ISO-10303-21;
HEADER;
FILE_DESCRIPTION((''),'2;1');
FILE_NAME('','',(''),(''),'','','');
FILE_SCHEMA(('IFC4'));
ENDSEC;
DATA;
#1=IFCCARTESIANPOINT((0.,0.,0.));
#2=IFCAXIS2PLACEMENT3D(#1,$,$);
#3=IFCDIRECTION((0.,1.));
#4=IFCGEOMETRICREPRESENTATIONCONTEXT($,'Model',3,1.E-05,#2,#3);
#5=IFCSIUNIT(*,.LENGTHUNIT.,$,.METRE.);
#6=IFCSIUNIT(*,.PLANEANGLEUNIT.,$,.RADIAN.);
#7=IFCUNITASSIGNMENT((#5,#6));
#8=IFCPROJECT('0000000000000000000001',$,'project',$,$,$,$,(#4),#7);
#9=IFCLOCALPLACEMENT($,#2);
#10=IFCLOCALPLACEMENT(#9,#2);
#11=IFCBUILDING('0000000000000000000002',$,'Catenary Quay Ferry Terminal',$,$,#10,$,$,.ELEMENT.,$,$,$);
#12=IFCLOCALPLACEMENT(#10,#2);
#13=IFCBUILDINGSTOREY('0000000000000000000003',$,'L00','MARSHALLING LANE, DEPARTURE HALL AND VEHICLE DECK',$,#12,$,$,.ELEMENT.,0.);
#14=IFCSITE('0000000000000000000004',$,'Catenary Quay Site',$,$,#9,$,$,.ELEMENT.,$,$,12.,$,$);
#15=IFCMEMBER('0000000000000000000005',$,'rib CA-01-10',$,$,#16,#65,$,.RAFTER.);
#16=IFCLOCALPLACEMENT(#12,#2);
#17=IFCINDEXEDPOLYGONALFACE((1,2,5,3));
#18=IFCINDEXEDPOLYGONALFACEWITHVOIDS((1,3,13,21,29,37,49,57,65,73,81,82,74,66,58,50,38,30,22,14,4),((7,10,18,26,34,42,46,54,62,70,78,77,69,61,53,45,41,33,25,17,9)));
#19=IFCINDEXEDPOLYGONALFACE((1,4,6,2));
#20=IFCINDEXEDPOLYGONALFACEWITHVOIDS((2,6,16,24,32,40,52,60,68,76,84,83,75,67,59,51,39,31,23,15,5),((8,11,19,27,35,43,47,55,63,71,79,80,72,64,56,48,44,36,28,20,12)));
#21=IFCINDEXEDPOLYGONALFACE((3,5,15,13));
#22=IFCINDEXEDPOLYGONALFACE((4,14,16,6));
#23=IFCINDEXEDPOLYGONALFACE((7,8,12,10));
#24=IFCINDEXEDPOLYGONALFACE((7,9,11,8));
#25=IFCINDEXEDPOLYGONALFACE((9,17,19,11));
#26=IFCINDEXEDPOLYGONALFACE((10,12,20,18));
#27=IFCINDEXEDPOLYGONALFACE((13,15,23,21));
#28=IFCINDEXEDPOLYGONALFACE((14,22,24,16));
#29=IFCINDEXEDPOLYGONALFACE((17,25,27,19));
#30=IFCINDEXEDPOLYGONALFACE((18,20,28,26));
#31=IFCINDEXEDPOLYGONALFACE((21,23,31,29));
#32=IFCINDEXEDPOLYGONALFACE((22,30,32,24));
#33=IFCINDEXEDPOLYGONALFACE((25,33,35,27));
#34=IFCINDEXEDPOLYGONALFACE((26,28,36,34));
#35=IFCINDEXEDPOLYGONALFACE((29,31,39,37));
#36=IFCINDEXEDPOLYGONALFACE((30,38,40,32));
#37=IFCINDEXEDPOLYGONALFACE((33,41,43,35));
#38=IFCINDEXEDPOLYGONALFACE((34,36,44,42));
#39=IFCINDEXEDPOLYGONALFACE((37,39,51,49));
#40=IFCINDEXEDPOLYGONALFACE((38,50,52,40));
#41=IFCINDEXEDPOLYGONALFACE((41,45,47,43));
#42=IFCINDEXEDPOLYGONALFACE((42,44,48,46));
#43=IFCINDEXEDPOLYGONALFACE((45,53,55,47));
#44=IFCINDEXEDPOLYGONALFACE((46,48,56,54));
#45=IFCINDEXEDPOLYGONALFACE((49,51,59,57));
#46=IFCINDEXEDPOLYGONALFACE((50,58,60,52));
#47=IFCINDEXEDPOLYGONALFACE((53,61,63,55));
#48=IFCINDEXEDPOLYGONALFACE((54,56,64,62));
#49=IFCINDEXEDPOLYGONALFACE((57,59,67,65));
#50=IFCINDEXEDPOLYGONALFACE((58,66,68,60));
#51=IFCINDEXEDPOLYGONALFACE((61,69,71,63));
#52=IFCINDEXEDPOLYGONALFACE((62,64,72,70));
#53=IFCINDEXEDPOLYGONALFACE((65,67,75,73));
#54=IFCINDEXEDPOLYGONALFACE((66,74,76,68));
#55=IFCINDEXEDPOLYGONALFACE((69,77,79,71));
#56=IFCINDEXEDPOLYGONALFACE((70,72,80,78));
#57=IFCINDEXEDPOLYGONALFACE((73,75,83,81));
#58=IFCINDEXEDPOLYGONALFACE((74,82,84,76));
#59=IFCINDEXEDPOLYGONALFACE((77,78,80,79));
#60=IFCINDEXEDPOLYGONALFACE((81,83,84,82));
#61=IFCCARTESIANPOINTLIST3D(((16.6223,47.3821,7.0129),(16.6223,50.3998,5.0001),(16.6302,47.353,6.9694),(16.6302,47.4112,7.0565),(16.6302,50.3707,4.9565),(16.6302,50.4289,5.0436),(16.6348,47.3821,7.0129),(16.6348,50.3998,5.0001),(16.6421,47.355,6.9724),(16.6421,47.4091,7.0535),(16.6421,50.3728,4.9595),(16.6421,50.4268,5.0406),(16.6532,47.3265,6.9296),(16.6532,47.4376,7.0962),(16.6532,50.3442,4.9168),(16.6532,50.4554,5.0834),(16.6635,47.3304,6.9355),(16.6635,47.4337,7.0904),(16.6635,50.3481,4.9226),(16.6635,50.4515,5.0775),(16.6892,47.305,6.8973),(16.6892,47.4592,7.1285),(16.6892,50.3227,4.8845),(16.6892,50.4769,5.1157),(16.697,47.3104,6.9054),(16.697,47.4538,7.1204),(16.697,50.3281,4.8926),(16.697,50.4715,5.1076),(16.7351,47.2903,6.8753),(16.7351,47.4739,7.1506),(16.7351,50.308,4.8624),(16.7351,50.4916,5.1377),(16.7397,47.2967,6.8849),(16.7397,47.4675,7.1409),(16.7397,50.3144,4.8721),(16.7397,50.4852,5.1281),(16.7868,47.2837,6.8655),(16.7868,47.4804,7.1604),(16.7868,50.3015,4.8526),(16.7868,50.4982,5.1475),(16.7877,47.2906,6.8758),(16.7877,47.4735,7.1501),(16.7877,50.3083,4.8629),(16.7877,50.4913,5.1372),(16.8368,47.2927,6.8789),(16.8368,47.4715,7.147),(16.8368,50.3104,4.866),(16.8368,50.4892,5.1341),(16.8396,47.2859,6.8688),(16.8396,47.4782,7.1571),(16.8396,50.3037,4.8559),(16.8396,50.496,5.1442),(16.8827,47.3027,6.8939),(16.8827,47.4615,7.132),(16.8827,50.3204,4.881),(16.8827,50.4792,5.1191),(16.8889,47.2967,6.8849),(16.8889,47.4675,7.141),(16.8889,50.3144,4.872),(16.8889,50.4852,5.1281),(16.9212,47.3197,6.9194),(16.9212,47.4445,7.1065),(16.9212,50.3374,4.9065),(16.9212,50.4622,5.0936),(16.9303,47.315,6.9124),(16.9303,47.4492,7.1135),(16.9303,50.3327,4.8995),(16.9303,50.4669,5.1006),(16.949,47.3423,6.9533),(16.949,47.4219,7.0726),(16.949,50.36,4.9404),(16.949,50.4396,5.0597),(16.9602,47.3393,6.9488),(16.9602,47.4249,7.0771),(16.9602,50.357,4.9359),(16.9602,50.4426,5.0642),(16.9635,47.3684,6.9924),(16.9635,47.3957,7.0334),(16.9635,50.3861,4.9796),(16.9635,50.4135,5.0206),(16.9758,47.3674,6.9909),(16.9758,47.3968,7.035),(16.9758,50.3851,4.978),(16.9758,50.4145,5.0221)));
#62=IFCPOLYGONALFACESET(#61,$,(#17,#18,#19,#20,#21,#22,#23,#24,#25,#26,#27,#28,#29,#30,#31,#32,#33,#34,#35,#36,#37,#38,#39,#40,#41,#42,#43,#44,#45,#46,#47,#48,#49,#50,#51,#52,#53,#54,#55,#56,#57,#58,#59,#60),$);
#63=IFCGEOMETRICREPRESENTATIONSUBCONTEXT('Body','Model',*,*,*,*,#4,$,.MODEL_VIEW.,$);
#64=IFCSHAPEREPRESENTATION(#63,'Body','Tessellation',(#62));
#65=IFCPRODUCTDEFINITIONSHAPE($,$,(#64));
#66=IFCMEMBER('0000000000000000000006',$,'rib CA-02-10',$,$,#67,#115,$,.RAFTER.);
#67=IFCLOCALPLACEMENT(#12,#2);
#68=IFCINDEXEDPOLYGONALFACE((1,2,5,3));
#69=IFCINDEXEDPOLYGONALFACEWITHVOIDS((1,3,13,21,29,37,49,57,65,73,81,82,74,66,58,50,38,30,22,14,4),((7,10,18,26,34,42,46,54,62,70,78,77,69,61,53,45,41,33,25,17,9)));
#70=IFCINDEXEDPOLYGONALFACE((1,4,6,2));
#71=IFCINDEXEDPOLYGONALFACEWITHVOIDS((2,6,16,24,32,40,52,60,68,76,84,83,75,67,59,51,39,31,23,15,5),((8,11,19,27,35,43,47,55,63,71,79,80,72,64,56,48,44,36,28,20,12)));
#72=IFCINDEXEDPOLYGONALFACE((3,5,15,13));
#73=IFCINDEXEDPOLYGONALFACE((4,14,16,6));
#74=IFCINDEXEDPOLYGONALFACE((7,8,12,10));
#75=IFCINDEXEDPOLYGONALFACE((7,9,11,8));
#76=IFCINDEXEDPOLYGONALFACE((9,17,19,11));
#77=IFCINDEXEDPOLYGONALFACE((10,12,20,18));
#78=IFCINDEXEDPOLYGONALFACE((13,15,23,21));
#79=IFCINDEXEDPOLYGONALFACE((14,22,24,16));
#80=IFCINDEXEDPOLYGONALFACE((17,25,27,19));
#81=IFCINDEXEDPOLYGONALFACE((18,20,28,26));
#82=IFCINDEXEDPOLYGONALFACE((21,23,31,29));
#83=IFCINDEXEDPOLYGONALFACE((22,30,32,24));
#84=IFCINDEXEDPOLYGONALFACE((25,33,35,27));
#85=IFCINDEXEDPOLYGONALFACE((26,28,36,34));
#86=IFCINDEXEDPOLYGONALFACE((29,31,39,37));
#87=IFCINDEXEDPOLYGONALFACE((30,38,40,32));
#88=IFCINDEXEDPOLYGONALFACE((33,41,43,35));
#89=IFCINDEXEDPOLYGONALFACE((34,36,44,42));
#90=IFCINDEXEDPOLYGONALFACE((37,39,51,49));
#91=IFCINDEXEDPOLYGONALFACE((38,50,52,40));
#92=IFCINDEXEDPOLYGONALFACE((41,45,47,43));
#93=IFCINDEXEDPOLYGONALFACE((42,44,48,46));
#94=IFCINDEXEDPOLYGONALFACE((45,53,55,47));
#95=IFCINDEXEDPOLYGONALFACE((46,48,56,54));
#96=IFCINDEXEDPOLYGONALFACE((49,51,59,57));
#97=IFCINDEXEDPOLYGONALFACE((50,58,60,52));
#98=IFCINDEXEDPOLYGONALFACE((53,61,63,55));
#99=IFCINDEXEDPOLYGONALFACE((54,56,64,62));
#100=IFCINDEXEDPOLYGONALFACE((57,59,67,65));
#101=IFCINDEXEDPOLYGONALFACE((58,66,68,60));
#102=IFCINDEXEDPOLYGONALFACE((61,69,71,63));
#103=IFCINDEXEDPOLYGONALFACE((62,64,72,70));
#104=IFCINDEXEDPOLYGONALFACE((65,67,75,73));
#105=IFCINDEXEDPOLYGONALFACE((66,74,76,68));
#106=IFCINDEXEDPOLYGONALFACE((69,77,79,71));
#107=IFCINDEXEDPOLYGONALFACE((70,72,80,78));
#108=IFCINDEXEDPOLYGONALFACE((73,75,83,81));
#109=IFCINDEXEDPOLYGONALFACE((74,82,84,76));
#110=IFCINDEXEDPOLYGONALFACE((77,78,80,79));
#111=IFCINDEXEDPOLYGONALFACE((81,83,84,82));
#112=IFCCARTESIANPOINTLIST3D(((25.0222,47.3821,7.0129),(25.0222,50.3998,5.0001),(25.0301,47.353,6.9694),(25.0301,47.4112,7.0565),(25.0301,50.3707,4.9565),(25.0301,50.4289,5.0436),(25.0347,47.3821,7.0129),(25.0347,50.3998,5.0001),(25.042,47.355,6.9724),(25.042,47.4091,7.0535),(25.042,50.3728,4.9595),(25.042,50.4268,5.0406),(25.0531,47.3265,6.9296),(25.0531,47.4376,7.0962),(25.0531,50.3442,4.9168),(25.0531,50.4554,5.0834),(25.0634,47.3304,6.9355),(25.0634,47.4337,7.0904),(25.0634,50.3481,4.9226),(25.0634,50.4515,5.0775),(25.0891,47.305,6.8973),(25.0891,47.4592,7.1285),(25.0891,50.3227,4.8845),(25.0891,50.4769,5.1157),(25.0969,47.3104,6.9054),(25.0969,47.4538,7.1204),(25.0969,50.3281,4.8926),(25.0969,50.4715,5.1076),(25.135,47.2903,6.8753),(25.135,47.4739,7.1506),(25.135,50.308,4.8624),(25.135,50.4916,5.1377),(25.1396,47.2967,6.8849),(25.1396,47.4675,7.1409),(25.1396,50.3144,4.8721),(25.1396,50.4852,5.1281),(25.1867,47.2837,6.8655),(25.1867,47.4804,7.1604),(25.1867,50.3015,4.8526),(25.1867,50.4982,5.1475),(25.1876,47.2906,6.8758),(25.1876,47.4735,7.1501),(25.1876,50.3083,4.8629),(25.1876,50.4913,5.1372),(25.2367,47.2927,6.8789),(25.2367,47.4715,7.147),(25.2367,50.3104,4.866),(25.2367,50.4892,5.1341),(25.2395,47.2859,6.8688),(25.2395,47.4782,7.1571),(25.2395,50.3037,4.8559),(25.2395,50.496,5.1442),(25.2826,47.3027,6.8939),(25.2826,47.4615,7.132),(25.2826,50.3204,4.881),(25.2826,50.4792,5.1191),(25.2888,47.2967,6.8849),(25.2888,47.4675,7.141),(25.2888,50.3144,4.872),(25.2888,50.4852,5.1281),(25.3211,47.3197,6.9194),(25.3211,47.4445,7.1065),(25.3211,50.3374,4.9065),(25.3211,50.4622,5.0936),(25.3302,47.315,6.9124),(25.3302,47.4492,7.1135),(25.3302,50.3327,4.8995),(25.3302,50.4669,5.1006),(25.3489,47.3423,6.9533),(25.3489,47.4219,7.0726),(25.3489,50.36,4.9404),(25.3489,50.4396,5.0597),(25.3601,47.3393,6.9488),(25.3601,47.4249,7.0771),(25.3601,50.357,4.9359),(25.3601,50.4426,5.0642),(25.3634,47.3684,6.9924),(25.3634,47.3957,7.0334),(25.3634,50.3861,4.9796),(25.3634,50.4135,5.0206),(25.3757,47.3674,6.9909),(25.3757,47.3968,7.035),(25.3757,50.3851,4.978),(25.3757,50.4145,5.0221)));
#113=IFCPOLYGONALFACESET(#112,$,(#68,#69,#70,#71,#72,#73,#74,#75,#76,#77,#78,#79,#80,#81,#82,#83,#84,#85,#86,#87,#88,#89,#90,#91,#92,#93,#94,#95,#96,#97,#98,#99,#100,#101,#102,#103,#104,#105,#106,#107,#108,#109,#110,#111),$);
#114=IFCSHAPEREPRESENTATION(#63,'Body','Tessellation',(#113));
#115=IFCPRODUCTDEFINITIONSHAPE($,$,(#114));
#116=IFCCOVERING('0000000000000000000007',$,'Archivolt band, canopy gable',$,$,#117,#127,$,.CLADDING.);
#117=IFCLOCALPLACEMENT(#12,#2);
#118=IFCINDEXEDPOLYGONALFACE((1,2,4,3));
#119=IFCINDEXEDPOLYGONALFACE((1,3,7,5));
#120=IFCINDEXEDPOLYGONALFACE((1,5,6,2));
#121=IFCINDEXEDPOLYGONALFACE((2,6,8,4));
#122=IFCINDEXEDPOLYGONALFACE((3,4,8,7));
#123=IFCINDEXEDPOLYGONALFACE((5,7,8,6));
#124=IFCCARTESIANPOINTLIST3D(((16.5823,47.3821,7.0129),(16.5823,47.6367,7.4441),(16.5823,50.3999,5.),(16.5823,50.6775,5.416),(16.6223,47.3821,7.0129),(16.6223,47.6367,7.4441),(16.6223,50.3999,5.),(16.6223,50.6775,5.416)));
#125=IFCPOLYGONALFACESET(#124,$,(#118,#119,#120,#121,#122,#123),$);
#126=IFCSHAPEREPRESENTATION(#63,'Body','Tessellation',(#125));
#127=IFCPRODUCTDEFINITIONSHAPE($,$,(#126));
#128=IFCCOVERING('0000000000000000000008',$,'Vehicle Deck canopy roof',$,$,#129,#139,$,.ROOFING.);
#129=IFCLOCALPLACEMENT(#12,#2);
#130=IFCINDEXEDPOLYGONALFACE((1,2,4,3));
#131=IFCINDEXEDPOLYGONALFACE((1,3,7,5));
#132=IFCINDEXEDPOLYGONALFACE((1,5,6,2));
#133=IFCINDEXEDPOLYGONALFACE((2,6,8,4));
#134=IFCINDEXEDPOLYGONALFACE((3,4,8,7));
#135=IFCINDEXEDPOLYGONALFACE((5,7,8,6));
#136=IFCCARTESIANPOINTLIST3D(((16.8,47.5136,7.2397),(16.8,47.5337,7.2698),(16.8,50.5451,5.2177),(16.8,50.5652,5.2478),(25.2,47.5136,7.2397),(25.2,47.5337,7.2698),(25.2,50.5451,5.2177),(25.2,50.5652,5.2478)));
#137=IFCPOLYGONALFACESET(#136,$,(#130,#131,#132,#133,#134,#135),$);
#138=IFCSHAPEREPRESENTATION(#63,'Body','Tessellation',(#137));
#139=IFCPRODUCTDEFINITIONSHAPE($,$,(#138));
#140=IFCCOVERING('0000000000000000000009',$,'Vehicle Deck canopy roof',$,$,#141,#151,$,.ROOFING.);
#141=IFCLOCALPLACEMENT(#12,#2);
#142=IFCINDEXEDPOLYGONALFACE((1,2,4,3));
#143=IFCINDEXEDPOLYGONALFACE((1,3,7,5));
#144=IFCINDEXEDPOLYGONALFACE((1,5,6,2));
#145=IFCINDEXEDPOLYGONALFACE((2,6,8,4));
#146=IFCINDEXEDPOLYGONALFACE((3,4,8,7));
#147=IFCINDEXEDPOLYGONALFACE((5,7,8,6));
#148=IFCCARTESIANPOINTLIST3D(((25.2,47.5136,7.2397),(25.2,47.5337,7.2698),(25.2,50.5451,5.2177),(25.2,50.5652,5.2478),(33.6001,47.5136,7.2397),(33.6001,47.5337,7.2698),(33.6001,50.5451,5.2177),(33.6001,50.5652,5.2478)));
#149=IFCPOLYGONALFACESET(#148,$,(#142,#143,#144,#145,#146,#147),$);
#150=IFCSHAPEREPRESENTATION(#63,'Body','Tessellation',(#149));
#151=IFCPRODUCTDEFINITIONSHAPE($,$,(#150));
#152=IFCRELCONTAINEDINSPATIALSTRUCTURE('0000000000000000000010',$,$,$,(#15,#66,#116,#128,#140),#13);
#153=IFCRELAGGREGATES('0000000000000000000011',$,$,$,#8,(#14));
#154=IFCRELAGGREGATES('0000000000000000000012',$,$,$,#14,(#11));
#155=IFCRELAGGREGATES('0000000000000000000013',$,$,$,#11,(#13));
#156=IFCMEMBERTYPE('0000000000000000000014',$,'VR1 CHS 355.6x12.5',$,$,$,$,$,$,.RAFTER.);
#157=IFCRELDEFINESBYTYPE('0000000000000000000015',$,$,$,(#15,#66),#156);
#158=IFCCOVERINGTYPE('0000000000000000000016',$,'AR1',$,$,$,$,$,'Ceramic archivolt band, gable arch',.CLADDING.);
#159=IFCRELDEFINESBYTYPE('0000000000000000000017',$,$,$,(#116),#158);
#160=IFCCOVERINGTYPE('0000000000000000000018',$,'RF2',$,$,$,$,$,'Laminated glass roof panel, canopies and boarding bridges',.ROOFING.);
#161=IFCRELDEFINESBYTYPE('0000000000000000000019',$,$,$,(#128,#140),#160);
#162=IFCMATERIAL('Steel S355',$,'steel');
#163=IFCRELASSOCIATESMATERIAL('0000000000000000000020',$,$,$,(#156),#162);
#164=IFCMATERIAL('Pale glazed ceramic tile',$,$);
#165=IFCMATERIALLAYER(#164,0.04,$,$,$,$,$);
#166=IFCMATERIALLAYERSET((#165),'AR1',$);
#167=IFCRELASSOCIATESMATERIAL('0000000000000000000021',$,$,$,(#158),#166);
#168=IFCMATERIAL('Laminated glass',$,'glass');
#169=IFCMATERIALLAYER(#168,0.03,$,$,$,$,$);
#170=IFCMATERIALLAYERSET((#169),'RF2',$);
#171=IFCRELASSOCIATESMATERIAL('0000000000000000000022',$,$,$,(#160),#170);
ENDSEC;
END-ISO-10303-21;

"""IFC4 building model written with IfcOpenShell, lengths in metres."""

from ifc_helpers import new_model, si_unit, direction, frame, origin, origin_2d, place, context, subcontext, project, spatial, polyline, hollow_circle, outline, extrude, material, layer, layer_set, material_profile, profile_set, type_object, element, save


model = new_model("IFC4")

# Units and contexts
model_context = context("Model", 3, precision=1e-05, world=origin(), true_north=direction((0.0, 1.0)))
body_context = subcontext(model_context, "Body", "Model", "MODEL_VIEW")
ifc_project = project(units=[si_unit("LENGTHUNIT", "METRE"), si_unit("PLANEANGLEUNIT", "RADIAN")], contexts=[model_context])

# Site, building, storey
site_placement = place(None, origin())
site = spatial("IfcSite", under=ifc_project, at=site_placement, Name="Catenary Quay Site", CompositionType="ELEMENT", RefElevation=12.0)
building_placement = place(site_placement, origin())
building = spatial("IfcBuilding", under=site, at=building_placement, Name="Catenary Quay Ferry Terminal", CompositionType="ELEMENT")
storey_placement = place(building_placement, origin())
storey = spatial("IfcBuildingStorey", under=building, at=storey_placement, Name="L00", Description="MARSHALLING LANE, DEPARTURE HALL AND VEHICLE DECK", CompositionType="ELEMENT", Elevation=0.0)

# Members
ifc_material_1 = material(Name="Steel S355", Category="steel")
ifc_material_profile_1 = material_profile(ifc_material_1, hollow_circle(Radius=0.1777, WallThickness=0.0125, at=origin_2d()), Name="CHS 355.6x12.5")
ifc_profile_set_1 = profile_set([ifc_material_profile_1], Name="Steel S355")
member_type_1 = type_object("IfcMemberType", Name="VR1 CHS 355.6x12.5", PredefinedType="RAFTER", material=ifc_profile_set_1)
for number, where, z_axis, x_axis, name in (
    (1, (16.8, 47.3821, 7.0129), (0.0, 0.831916, -0.554902), (-1.0, 0.0, 0.0), "rib CA-01-10"),
    (2, (25.2, 47.3821, 7.0129), (0.0, 0.831916, -0.554902), (-1.0, 0.0, 0.0), "rib CA-02-10"),
):
    element("IfcMember", number, at=place(storey_placement, frame(where, z_axis=z_axis, x_axis=x_axis)), inside=storey, type_object=member_type_1, Name=name, PredefinedType="RAFTER", context=body_context, shape_type="SweptSolid", body=[
        extrude(hollow_circle(Radius=0.1777, WallThickness=0.0125, at=origin_2d()), origin(), (0.0, 0.0, 1.0), 3.6274),
    ])

# Coverings
ifc_material_2 = material(Name="Pale glazed ceramic tile")
ifc_layer_1 = layer(ifc_material_2, 0.04)
ifc_layer_set_1 = layer_set([ifc_layer_1], Name="AR1")
covering_type_1 = type_object("IfcCoveringType", Name="AR1", ElementType="Ceramic archivolt band, gable arch", PredefinedType="CLADDING", material=ifc_layer_set_1)
covering_1_placement = place(storey_placement, frame((16.6223, 47.3821, 7.0129), z_axis=(1.0, 0.0, 0.0), x_axis=(0.0, 0.831916, -0.554902)))
element("IfcCovering", 3, at=covering_1_placement, inside=storey, type_object=covering_type_1, Name="Archivolt band, canopy gable", PredefinedType="CLADDING", context=body_context, shape_type="SweptSolid", body=[
    extrude(outline(polyline([(0.0, 0.0), (3.6276, 0.0), (3.6276, 0.5001), (-0.0274, 0.5), (0.0, 0.0)])), origin(), (0.0, 0.0, -1.0), 0.04),
])
ifc_material_3 = material(Name="Laminated glass", Category="glass")
ifc_layer_2 = layer(ifc_material_3, 0.03)
ifc_layer_set_2 = layer_set([ifc_layer_2], Name="RF2")
covering_type_2 = type_object("IfcCoveringType", Name="RF2", ElementType="Laminated glass roof panel, canopies and boarding bridges", PredefinedType="ROOFING", material=ifc_layer_set_2)
covering_2_placement = place(storey_placement, frame((16.8, 47.5337, 7.2698), z_axis=(0.0, 0.554886, 0.831927), x_axis=(1.0, 0.0, 0.0)))
element("IfcCovering", 4, at=covering_2_placement, inside=storey, type_object=covering_type_2, Name="Vehicle Deck canopy roof", PredefinedType="ROOFING", context=body_context, shape_type="SweptSolid", body=[
    extrude(outline(polyline([(0.0, 0.0), (8.3999, 0.0), (8.3999, 3.6439), (0.0, 3.6439), (0.0, 0.0)])), origin(), (0.0, 0.0, -1.0), 0.0361),
])
covering_3_placement = place(storey_placement, frame((25.2, 47.5337, 7.2698), z_axis=(0.0, 0.554886, 0.831927), x_axis=(1.0, 0.0, 0.0)))
element("IfcCovering", 5, at=covering_3_placement, inside=storey, type_object=covering_type_2, Name="Vehicle Deck canopy roof", PredefinedType="ROOFING", context=body_context, shape_type="SweptSolid", body=[
    extrude(outline(polyline([(0.0, 0.0), (8.4001, 0.0), (8.4001, 3.6439), (0.0, 3.6439), (0.0, 0.0)])), origin(), (0.0, 0.0, -1.0), 0.0361),
])

save(model, "model.ifc")
